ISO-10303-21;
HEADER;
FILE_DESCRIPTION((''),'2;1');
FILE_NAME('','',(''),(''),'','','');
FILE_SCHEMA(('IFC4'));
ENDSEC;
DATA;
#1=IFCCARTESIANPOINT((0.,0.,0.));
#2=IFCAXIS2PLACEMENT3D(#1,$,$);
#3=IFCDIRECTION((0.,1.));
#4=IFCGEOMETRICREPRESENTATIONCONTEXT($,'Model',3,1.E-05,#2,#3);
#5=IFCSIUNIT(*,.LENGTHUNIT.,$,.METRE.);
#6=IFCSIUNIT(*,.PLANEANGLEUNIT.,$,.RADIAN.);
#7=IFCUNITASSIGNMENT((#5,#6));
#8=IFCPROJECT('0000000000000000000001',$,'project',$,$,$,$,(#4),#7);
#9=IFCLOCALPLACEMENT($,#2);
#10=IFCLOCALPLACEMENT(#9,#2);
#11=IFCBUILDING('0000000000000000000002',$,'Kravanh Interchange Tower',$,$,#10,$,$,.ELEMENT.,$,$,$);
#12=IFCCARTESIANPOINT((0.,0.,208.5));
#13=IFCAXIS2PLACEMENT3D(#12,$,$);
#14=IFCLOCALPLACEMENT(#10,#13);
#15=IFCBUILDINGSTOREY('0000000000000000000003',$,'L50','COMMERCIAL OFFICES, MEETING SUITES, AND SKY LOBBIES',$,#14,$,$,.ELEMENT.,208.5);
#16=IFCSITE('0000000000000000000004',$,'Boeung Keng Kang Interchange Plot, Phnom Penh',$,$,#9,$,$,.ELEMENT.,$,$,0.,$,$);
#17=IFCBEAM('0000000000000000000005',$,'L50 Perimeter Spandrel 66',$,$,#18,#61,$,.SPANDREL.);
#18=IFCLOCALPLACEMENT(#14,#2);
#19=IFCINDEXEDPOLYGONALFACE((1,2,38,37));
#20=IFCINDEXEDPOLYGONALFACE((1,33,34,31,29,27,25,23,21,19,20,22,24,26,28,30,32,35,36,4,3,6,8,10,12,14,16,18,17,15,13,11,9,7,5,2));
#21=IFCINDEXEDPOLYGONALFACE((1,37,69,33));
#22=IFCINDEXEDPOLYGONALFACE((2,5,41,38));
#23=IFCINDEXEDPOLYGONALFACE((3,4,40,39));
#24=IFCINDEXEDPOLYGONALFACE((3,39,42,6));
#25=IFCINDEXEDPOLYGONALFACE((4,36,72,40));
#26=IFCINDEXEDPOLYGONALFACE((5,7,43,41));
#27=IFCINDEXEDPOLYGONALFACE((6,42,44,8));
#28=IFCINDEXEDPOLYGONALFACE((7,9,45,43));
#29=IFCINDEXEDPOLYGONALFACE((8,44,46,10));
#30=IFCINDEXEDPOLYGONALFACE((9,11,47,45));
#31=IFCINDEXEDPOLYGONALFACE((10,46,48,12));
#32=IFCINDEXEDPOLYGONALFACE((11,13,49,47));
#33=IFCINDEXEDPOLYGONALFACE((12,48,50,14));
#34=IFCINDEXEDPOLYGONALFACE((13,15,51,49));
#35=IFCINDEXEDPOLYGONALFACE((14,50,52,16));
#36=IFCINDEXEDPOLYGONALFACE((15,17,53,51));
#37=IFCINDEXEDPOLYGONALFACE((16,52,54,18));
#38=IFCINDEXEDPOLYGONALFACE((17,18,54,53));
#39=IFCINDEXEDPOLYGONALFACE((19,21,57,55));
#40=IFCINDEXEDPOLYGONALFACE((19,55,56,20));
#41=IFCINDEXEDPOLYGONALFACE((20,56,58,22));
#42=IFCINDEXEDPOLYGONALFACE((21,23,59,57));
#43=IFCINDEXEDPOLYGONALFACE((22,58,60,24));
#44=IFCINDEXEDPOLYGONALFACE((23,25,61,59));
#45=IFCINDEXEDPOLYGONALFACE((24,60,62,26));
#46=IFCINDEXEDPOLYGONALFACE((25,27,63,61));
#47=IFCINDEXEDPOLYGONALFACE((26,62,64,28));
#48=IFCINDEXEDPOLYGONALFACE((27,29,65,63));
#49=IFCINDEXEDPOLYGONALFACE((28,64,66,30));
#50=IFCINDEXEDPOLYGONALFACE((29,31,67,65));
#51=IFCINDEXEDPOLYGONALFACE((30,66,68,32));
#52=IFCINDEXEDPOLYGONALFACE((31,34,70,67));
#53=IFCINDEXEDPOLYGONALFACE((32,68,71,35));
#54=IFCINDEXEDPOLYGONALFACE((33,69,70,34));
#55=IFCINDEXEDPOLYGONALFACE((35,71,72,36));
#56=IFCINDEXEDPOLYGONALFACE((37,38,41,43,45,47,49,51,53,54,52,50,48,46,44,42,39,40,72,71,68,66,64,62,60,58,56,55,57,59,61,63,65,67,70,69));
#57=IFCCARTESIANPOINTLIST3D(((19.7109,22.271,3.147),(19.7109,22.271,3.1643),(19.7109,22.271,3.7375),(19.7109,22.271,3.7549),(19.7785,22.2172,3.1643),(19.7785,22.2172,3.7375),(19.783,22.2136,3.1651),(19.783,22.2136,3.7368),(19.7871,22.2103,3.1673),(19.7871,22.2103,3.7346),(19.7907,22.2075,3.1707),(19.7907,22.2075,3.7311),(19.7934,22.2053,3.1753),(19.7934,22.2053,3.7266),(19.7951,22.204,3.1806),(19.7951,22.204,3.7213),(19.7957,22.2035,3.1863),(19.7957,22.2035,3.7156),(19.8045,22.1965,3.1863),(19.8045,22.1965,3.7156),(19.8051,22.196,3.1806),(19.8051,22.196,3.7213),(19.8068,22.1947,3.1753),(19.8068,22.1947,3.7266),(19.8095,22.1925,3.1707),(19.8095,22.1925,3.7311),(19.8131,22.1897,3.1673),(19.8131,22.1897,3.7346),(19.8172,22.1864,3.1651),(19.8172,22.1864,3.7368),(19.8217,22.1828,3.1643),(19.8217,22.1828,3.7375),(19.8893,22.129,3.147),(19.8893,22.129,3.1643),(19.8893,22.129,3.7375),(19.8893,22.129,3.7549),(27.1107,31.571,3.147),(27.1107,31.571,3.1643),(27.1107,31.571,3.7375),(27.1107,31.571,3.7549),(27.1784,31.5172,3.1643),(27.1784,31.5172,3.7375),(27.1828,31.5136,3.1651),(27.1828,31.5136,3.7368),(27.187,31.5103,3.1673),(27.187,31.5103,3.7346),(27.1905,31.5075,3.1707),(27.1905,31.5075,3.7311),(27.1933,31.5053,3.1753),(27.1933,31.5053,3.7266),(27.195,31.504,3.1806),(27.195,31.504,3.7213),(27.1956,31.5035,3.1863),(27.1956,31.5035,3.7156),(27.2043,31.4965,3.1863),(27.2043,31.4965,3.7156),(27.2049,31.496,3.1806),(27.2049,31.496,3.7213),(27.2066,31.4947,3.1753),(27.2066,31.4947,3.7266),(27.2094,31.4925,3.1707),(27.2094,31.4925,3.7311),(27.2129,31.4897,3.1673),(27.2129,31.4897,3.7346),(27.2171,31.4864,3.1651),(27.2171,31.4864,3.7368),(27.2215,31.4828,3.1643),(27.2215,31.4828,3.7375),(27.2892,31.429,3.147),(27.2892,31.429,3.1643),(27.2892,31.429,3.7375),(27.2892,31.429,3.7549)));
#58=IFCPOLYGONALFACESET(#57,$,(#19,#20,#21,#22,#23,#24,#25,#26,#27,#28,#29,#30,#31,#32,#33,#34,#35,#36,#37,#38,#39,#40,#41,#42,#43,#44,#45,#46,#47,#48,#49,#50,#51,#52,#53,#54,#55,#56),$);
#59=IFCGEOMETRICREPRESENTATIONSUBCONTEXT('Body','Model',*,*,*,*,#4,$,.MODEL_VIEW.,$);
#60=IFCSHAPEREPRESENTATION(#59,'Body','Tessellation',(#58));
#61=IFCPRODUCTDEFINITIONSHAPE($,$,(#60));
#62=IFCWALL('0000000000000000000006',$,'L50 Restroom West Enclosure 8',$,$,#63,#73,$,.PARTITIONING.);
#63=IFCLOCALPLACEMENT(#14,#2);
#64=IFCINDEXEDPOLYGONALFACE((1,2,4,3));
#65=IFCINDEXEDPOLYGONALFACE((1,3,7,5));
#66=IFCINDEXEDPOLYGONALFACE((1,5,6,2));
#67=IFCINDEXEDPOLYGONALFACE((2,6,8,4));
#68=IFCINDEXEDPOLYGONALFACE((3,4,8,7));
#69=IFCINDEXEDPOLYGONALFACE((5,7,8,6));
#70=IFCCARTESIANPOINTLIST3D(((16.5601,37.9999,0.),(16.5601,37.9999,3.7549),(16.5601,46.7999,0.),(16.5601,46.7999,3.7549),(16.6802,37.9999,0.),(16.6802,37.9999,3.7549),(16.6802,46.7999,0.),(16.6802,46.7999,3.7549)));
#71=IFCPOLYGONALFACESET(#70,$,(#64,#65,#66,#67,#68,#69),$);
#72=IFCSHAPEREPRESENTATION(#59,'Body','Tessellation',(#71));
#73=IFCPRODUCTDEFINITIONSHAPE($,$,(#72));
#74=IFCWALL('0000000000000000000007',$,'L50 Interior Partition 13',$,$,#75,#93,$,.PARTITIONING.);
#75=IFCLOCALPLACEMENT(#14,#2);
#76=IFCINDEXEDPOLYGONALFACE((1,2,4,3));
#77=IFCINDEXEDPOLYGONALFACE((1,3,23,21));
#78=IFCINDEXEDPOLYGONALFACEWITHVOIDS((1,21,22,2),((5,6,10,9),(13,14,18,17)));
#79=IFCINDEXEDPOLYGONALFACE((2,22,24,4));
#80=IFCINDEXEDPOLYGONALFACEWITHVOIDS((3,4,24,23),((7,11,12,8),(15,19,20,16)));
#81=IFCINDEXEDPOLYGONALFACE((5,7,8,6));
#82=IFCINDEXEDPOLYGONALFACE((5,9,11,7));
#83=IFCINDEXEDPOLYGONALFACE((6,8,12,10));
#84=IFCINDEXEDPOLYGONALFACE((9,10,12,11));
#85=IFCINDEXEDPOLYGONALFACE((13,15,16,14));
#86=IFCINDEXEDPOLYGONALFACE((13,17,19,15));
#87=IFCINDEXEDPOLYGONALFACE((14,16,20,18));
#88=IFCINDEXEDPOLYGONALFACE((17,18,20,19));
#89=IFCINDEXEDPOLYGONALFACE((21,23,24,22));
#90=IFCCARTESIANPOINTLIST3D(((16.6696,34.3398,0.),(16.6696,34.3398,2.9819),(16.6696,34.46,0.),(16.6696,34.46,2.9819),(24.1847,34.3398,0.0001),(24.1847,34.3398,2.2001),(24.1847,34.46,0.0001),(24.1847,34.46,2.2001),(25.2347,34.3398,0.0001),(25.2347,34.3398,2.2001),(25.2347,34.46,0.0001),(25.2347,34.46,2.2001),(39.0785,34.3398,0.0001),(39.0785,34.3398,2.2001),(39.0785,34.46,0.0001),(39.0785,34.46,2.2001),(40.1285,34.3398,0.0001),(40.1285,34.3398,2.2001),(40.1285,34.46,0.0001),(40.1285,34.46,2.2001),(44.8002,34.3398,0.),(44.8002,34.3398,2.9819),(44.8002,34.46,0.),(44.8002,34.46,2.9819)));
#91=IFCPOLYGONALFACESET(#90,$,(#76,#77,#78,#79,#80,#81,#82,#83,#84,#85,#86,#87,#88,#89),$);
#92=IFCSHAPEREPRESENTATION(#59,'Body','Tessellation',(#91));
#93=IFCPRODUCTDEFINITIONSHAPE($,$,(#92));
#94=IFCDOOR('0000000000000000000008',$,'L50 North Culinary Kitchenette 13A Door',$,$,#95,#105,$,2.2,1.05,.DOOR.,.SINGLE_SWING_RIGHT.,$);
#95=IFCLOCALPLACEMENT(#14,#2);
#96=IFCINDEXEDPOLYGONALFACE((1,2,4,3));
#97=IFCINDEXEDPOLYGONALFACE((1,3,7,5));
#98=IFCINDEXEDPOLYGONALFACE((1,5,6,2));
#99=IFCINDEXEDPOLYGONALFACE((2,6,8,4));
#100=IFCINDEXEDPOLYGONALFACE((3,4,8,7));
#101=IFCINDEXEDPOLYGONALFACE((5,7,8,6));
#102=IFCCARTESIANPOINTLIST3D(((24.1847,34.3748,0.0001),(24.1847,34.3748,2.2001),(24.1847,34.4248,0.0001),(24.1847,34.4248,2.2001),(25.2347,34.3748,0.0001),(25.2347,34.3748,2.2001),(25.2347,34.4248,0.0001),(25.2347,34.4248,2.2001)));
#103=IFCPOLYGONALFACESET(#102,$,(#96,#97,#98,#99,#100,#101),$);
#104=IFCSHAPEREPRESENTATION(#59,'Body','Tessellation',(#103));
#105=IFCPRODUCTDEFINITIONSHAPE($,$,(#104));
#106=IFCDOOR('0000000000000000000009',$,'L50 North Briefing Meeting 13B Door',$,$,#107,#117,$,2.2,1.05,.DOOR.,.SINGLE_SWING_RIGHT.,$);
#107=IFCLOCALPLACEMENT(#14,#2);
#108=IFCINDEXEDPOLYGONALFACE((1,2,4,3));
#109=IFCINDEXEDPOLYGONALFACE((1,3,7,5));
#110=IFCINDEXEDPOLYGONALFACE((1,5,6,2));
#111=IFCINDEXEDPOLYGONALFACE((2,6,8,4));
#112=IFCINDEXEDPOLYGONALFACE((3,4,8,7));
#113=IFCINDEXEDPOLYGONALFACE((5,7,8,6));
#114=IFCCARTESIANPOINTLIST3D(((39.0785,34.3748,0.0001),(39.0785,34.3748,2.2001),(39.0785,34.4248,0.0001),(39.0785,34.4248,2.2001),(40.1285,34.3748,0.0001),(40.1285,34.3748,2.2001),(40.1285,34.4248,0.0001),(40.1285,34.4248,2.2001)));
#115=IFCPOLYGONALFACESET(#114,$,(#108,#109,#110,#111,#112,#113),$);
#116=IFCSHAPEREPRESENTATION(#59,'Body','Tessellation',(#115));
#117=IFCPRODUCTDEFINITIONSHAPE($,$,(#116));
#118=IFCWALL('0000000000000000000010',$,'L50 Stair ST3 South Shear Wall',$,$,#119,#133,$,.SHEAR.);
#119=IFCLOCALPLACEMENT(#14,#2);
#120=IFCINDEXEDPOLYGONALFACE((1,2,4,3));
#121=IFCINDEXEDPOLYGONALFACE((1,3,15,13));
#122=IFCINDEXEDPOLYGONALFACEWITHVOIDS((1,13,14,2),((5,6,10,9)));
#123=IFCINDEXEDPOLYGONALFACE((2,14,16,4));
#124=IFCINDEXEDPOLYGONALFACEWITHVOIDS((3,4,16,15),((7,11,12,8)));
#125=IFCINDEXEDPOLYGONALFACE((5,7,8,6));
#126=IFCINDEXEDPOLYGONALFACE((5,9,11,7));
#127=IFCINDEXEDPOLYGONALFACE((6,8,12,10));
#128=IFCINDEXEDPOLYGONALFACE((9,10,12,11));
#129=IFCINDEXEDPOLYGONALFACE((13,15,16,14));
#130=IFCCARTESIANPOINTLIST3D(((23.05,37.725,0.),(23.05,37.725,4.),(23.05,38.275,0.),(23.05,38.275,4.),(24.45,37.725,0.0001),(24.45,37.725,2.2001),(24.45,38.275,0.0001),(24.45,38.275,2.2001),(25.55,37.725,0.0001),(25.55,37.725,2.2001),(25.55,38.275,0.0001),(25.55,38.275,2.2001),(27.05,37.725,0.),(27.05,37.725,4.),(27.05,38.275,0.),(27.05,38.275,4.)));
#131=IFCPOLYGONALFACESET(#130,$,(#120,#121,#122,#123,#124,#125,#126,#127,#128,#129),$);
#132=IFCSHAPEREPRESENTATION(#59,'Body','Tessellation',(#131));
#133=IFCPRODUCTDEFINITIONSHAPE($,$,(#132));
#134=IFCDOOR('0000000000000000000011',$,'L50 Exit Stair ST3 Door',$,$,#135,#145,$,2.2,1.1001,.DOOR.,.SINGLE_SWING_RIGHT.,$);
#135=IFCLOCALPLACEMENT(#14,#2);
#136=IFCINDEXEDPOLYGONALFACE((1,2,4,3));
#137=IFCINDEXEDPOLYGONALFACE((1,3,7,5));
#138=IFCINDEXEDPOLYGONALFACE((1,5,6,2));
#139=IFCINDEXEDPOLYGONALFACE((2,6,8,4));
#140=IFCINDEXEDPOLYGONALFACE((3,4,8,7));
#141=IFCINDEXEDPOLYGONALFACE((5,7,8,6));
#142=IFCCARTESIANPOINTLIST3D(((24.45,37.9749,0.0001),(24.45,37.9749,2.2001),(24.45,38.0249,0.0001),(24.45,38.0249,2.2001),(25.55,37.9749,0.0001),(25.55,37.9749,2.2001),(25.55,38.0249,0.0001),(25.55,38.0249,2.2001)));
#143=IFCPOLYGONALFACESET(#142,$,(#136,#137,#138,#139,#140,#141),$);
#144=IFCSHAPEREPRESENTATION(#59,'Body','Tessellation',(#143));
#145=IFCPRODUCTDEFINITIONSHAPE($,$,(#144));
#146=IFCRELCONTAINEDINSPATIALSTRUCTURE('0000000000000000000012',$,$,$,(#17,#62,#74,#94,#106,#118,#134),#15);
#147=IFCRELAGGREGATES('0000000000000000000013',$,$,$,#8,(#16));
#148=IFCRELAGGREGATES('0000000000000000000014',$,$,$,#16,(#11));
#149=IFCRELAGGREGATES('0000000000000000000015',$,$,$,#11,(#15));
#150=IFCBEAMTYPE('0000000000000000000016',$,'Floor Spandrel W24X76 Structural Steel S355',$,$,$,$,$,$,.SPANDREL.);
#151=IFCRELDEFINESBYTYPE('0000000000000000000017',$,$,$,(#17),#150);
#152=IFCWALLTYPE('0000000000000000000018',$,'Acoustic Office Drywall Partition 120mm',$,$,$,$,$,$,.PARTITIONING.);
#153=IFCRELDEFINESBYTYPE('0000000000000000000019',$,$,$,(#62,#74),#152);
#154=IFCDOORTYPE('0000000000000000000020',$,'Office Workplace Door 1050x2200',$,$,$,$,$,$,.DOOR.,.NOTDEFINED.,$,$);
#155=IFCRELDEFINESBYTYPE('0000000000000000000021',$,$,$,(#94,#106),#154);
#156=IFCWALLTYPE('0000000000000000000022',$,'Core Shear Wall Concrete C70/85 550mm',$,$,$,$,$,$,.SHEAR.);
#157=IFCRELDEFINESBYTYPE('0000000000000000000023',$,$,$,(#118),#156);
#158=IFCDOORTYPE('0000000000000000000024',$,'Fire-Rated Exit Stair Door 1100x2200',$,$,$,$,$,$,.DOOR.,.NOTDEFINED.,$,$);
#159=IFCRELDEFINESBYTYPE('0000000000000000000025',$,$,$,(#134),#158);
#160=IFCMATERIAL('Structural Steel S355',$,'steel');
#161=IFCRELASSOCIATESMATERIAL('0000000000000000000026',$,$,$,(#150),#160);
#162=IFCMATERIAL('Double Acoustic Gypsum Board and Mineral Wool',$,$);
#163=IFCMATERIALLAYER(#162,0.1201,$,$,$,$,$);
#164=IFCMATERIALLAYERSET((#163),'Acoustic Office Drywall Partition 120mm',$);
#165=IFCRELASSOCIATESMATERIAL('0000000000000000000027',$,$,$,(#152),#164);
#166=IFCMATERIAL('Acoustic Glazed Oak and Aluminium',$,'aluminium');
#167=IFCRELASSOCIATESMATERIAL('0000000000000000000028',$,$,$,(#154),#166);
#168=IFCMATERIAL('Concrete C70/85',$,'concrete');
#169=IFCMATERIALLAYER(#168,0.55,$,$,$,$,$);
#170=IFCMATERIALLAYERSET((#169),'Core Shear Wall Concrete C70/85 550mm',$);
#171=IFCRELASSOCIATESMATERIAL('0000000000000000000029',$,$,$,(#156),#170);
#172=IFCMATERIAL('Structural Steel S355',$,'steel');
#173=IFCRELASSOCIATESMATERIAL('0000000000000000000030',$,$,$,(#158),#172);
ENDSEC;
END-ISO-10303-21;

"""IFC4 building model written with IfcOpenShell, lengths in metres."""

from ifc_helpers import new_model, si_unit, direction, frame, frame_2d, origin, origin_2d, place, context, subcontext, project, spatial, rectangle, i_section, extrude, material, layer, layer_set, material_profile, profile_set, type_object, element, fill, save


model = new_model("IFC4")

# Units and contexts
model_context = context("Model", 3, precision=1e-05, world=origin(), true_north=direction((0.0, 1.0)))
body_context = subcontext(model_context, "Body", "Model", "MODEL_VIEW")
ifc_project = project(units=[si_unit("LENGTHUNIT", "METRE"), si_unit("PLANEANGLEUNIT", "RADIAN")], contexts=[model_context])

# Site, building, storey
site_placement = place(None, origin())
site = spatial("IfcSite", under=ifc_project, at=site_placement, Name="Boeung Keng Kang Interchange Plot, Phnom Penh", CompositionType="ELEMENT", RefElevation=0.0)
building_placement = place(site_placement, origin())
building = spatial("IfcBuilding", under=site, at=building_placement, Name="Kravanh Interchange Tower", CompositionType="ELEMENT")
storey_placement = place(building_placement, frame((0.0, 0.0, 208.5)))
storey = spatial("IfcBuildingStorey", under=building, at=storey_placement, Name="L50", Description="COMMERCIAL OFFICES, MEETING SUITES, AND SKY LOBBIES", CompositionType="ELEMENT", Elevation=208.5)

# Beam
ifc_material_1 = material(Name="Structural Steel S355", Category="steel")
ifc_material_profile_1 = material_profile(ifc_material_1, i_section(OverallWidth=0.228, OverallDepth=0.6079, WebThickness=0.0112, FlangeThickness=0.0173, FilletRadius=0.022, at=origin_2d()), Name="W24X76")
ifc_profile_set_1 = profile_set([ifc_material_profile_1], Name="Structural Steel S355")
beam_type_1 = type_object("IfcBeamType", Name="Floor Spandrel W24X76 Structural Steel S355", PredefinedType="SPANDREL", material=ifc_profile_set_1)
beam_1_placement = place(storey_placement, frame((27.2, 31.5, 3.4509), z_axis=(-0.622634, -0.782513, 0.0), x_axis=(0.782513, -0.622634, 0.0)))
element("IfcBeam", 1, at=beam_1_placement, inside=storey, type_object=beam_type_1, Name="L50 Perimeter Spandrel 66", PredefinedType="SPANDREL", context=body_context, shape_type="SweptSolid", body=[
    extrude(i_section(OverallWidth=0.228, OverallDepth=0.6079, WebThickness=0.0112, FlangeThickness=0.0173, FilletRadius=0.022, at=origin_2d()), origin(), (0.0, 0.0, 1.0), 11.8848),
])

# Shared definitions
ifc_material_2 = material(Name="Double Acoustic Gypsum Board and Mineral Wool")
ifc_layer_1 = layer(ifc_material_2, 0.1201)
ifc_layer_set_1 = layer_set([ifc_layer_1], Name="Acoustic Office Drywall Partition 120mm")
wall_type_1 = type_object("IfcWallType", Name="Acoustic Office Drywall Partition 120mm", PredefinedType="PARTITIONING", material=ifc_layer_set_1)

# Wall
wall_1_placement = place(storey_placement, frame((16.6201, 38.0, 0.0), z_axis=(0.0, 0.0, 1.0), x_axis=(0.0, 1.0, 0.0)))
element("IfcWall", 2, at=wall_1_placement, inside=storey, type_object=wall_type_1, Name="L50 Restroom West Enclosure 8", PredefinedType="PARTITIONING", context=body_context, shape_type="SweptSolid", body=[
    extrude(rectangle(XDim=8.8, YDim=0.1201, at=frame_2d((4.3999, 0.0))), origin(), (0.0, 0.0, 1.0), 3.7549),
])

# Wall, openings, doors
wall_2_placement = place(storey_placement, frame((16.6694, 34.3999, 0.0), z_axis=(0.0, 0.0, 1.0), x_axis=(1.0, 0.0, 0.0)))
wall_2 = element("IfcWall", 3, at=wall_2_placement, inside=storey, type_object=wall_type_1, Name="L50 Interior Partition 13", PredefinedType="PARTITIONING", context=body_context, shape_type="SweptSolid", body=[
    extrude(rectangle(XDim=28.1306, YDim=0.1201, at=frame_2d((14.0654, 0.0))), origin(), (0.0, 0.0, 1.0), 2.9819),
])
opening_1_placement = place(wall_2_placement, frame((7.5154, 0.0, 0.0)))
opening_1 = element("IfcOpeningElement", 4, at=opening_1_placement, cuts=wall_2, PredefinedType="OPENING", context=body_context, shape_type="SweptSolid", body=[
    extrude(rectangle(XDim=1.05, YDim=2.2, at=frame_2d((0.5249, 1.1001))), frame((0.0, 0.0701, 0.0), z_axis=(0.0, -1.0, 0.0), x_axis=(1.0, 0.0, 0.0)), (0.0, 0.0, 1.0), 0.1401),
])
opening_2_placement = place(wall_2_placement, frame((22.4092, 0.0, 0.0)))
opening_2 = element("IfcOpeningElement", 5, at=opening_2_placement, cuts=wall_2, PredefinedType="OPENING", context=body_context, shape_type="SweptSolid", body=[
    extrude(rectangle(XDim=1.05, YDim=2.2, at=frame_2d((0.5249, 1.1001))), frame((0.0, 0.0701, 0.0), z_axis=(0.0, -1.0, 0.0), x_axis=(1.0, 0.0, 0.0)), (0.0, 0.0, 1.0), 0.1401),
])
ifc_material_3 = material(Name="Acoustic Glazed Oak and Aluminium", Category="aluminium")
door_type_1 = type_object("IfcDoorType", Name="Office Workplace Door 1050x2200", OperationType="NOTDEFINED", PredefinedType="DOOR", material=ifc_material_3)
door_1_placement = place(opening_1_placement, origin())
door_1 = element("IfcDoor", 6, at=door_1_placement, inside=storey, type_object=door_type_1, Name="L50 North Culinary Kitchenette 13A Door", OperationType="SINGLE_SWING_RIGHT", OverallHeight=2.2, OverallWidth=1.05, PredefinedType="DOOR", context=body_context, shape_type="SweptSolid", body=[
    extrude(rectangle(XDim=1.05, YDim=2.2, at=frame_2d((0.5249, 1.1001))), frame((0.0, 0.0249, 0.0), z_axis=(0.0, -1.0, 0.0), x_axis=(1.0, 0.0, 0.0)), (0.0, 0.0, 1.0), 0.05),
])
fill(opening_1, door_1)
door_2_placement = place(opening_2_placement, origin())
door_2 = element("IfcDoor", 7, at=door_2_placement, inside=storey, type_object=door_type_1, Name="L50 North Briefing Meeting 13B Door", OperationType="SINGLE_SWING_RIGHT", OverallHeight=2.2, OverallWidth=1.05, PredefinedType="DOOR", context=body_context, shape_type="SweptSolid", body=[
    extrude(rectangle(XDim=1.05, YDim=2.2, at=frame_2d((0.5249, 1.1001))), frame((0.0, 0.0249, 0.0), z_axis=(0.0, -1.0, 0.0), x_axis=(1.0, 0.0, 0.0)), (0.0, 0.0, 1.0), 0.05),
])
fill(opening_2, door_2)

# Wall, opening, door
ifc_material_4 = material(Name="Concrete C70/85", Category="concrete")
ifc_layer_2 = layer(ifc_material_4, 0.55)
ifc_layer_set_2 = layer_set([ifc_layer_2], Name="Core Shear Wall Concrete C70/85 550mm")
wall_type_2 = type_object("IfcWallType", Name="Core Shear Wall Concrete C70/85 550mm", PredefinedType="SHEAR", material=ifc_layer_set_2)
wall_3_placement = place(storey_placement, frame((23.05, 38.0, 0.0), z_axis=(0.0, 0.0, 1.0), x_axis=(1.0, 0.0, 0.0)))
wall_3 = element("IfcWall", 8, at=wall_3_placement, inside=storey, type_object=wall_type_2, Name="L50 Stair ST3 South Shear Wall", PredefinedType="SHEAR", context=body_context, shape_type="SweptSolid", body=[
    extrude(rectangle(XDim=4.0, YDim=0.55, at=frame_2d((2.0, 0.0))), origin(), (0.0, 0.0, 1.0), 4.0),
])
opening_3_placement = place(wall_3_placement, frame((1.3999, 0.0, 0.0)))
opening_3 = element("IfcOpeningElement", 9, at=opening_3_placement, cuts=wall_3, PredefinedType="OPENING", context=body_context, shape_type="SweptSolid", body=[
    extrude(rectangle(XDim=1.1001, YDim=2.2, at=frame_2d((0.55, 1.1001))), frame((0.0, 0.2852, 0.0), z_axis=(0.0, -1.0, 0.0), x_axis=(1.0, 0.0, 0.0)), (0.0, 0.0, 1.0), 0.5701),
])
ifc_material_5 = material(Name="Structural Steel S355", Category="steel")
door_type_2 = type_object("IfcDoorType", Name="Fire-Rated Exit Stair Door 1100x2200", OperationType="NOTDEFINED", PredefinedType="DOOR", material=ifc_material_5)
door_3_placement = place(opening_3_placement, origin())
door_3 = element("IfcDoor", 10, at=door_3_placement, inside=storey, type_object=door_type_2, Name="L50 Exit Stair ST3 Door", OperationType="SINGLE_SWING_RIGHT", OverallHeight=2.2, OverallWidth=1.1001, PredefinedType="DOOR", context=body_context, shape_type="SweptSolid", body=[
    extrude(rectangle(XDim=1.1001, YDim=2.2, at=frame_2d((0.55, 1.1001))), frame((0.0, 0.0249, 0.0), z_axis=(0.0, -1.0, 0.0), x_axis=(1.0, 0.0, 0.0)), (0.0, 0.0, 1.0), 0.05),
])
fill(opening_3, door_3)

save(model, "model.ifc")
